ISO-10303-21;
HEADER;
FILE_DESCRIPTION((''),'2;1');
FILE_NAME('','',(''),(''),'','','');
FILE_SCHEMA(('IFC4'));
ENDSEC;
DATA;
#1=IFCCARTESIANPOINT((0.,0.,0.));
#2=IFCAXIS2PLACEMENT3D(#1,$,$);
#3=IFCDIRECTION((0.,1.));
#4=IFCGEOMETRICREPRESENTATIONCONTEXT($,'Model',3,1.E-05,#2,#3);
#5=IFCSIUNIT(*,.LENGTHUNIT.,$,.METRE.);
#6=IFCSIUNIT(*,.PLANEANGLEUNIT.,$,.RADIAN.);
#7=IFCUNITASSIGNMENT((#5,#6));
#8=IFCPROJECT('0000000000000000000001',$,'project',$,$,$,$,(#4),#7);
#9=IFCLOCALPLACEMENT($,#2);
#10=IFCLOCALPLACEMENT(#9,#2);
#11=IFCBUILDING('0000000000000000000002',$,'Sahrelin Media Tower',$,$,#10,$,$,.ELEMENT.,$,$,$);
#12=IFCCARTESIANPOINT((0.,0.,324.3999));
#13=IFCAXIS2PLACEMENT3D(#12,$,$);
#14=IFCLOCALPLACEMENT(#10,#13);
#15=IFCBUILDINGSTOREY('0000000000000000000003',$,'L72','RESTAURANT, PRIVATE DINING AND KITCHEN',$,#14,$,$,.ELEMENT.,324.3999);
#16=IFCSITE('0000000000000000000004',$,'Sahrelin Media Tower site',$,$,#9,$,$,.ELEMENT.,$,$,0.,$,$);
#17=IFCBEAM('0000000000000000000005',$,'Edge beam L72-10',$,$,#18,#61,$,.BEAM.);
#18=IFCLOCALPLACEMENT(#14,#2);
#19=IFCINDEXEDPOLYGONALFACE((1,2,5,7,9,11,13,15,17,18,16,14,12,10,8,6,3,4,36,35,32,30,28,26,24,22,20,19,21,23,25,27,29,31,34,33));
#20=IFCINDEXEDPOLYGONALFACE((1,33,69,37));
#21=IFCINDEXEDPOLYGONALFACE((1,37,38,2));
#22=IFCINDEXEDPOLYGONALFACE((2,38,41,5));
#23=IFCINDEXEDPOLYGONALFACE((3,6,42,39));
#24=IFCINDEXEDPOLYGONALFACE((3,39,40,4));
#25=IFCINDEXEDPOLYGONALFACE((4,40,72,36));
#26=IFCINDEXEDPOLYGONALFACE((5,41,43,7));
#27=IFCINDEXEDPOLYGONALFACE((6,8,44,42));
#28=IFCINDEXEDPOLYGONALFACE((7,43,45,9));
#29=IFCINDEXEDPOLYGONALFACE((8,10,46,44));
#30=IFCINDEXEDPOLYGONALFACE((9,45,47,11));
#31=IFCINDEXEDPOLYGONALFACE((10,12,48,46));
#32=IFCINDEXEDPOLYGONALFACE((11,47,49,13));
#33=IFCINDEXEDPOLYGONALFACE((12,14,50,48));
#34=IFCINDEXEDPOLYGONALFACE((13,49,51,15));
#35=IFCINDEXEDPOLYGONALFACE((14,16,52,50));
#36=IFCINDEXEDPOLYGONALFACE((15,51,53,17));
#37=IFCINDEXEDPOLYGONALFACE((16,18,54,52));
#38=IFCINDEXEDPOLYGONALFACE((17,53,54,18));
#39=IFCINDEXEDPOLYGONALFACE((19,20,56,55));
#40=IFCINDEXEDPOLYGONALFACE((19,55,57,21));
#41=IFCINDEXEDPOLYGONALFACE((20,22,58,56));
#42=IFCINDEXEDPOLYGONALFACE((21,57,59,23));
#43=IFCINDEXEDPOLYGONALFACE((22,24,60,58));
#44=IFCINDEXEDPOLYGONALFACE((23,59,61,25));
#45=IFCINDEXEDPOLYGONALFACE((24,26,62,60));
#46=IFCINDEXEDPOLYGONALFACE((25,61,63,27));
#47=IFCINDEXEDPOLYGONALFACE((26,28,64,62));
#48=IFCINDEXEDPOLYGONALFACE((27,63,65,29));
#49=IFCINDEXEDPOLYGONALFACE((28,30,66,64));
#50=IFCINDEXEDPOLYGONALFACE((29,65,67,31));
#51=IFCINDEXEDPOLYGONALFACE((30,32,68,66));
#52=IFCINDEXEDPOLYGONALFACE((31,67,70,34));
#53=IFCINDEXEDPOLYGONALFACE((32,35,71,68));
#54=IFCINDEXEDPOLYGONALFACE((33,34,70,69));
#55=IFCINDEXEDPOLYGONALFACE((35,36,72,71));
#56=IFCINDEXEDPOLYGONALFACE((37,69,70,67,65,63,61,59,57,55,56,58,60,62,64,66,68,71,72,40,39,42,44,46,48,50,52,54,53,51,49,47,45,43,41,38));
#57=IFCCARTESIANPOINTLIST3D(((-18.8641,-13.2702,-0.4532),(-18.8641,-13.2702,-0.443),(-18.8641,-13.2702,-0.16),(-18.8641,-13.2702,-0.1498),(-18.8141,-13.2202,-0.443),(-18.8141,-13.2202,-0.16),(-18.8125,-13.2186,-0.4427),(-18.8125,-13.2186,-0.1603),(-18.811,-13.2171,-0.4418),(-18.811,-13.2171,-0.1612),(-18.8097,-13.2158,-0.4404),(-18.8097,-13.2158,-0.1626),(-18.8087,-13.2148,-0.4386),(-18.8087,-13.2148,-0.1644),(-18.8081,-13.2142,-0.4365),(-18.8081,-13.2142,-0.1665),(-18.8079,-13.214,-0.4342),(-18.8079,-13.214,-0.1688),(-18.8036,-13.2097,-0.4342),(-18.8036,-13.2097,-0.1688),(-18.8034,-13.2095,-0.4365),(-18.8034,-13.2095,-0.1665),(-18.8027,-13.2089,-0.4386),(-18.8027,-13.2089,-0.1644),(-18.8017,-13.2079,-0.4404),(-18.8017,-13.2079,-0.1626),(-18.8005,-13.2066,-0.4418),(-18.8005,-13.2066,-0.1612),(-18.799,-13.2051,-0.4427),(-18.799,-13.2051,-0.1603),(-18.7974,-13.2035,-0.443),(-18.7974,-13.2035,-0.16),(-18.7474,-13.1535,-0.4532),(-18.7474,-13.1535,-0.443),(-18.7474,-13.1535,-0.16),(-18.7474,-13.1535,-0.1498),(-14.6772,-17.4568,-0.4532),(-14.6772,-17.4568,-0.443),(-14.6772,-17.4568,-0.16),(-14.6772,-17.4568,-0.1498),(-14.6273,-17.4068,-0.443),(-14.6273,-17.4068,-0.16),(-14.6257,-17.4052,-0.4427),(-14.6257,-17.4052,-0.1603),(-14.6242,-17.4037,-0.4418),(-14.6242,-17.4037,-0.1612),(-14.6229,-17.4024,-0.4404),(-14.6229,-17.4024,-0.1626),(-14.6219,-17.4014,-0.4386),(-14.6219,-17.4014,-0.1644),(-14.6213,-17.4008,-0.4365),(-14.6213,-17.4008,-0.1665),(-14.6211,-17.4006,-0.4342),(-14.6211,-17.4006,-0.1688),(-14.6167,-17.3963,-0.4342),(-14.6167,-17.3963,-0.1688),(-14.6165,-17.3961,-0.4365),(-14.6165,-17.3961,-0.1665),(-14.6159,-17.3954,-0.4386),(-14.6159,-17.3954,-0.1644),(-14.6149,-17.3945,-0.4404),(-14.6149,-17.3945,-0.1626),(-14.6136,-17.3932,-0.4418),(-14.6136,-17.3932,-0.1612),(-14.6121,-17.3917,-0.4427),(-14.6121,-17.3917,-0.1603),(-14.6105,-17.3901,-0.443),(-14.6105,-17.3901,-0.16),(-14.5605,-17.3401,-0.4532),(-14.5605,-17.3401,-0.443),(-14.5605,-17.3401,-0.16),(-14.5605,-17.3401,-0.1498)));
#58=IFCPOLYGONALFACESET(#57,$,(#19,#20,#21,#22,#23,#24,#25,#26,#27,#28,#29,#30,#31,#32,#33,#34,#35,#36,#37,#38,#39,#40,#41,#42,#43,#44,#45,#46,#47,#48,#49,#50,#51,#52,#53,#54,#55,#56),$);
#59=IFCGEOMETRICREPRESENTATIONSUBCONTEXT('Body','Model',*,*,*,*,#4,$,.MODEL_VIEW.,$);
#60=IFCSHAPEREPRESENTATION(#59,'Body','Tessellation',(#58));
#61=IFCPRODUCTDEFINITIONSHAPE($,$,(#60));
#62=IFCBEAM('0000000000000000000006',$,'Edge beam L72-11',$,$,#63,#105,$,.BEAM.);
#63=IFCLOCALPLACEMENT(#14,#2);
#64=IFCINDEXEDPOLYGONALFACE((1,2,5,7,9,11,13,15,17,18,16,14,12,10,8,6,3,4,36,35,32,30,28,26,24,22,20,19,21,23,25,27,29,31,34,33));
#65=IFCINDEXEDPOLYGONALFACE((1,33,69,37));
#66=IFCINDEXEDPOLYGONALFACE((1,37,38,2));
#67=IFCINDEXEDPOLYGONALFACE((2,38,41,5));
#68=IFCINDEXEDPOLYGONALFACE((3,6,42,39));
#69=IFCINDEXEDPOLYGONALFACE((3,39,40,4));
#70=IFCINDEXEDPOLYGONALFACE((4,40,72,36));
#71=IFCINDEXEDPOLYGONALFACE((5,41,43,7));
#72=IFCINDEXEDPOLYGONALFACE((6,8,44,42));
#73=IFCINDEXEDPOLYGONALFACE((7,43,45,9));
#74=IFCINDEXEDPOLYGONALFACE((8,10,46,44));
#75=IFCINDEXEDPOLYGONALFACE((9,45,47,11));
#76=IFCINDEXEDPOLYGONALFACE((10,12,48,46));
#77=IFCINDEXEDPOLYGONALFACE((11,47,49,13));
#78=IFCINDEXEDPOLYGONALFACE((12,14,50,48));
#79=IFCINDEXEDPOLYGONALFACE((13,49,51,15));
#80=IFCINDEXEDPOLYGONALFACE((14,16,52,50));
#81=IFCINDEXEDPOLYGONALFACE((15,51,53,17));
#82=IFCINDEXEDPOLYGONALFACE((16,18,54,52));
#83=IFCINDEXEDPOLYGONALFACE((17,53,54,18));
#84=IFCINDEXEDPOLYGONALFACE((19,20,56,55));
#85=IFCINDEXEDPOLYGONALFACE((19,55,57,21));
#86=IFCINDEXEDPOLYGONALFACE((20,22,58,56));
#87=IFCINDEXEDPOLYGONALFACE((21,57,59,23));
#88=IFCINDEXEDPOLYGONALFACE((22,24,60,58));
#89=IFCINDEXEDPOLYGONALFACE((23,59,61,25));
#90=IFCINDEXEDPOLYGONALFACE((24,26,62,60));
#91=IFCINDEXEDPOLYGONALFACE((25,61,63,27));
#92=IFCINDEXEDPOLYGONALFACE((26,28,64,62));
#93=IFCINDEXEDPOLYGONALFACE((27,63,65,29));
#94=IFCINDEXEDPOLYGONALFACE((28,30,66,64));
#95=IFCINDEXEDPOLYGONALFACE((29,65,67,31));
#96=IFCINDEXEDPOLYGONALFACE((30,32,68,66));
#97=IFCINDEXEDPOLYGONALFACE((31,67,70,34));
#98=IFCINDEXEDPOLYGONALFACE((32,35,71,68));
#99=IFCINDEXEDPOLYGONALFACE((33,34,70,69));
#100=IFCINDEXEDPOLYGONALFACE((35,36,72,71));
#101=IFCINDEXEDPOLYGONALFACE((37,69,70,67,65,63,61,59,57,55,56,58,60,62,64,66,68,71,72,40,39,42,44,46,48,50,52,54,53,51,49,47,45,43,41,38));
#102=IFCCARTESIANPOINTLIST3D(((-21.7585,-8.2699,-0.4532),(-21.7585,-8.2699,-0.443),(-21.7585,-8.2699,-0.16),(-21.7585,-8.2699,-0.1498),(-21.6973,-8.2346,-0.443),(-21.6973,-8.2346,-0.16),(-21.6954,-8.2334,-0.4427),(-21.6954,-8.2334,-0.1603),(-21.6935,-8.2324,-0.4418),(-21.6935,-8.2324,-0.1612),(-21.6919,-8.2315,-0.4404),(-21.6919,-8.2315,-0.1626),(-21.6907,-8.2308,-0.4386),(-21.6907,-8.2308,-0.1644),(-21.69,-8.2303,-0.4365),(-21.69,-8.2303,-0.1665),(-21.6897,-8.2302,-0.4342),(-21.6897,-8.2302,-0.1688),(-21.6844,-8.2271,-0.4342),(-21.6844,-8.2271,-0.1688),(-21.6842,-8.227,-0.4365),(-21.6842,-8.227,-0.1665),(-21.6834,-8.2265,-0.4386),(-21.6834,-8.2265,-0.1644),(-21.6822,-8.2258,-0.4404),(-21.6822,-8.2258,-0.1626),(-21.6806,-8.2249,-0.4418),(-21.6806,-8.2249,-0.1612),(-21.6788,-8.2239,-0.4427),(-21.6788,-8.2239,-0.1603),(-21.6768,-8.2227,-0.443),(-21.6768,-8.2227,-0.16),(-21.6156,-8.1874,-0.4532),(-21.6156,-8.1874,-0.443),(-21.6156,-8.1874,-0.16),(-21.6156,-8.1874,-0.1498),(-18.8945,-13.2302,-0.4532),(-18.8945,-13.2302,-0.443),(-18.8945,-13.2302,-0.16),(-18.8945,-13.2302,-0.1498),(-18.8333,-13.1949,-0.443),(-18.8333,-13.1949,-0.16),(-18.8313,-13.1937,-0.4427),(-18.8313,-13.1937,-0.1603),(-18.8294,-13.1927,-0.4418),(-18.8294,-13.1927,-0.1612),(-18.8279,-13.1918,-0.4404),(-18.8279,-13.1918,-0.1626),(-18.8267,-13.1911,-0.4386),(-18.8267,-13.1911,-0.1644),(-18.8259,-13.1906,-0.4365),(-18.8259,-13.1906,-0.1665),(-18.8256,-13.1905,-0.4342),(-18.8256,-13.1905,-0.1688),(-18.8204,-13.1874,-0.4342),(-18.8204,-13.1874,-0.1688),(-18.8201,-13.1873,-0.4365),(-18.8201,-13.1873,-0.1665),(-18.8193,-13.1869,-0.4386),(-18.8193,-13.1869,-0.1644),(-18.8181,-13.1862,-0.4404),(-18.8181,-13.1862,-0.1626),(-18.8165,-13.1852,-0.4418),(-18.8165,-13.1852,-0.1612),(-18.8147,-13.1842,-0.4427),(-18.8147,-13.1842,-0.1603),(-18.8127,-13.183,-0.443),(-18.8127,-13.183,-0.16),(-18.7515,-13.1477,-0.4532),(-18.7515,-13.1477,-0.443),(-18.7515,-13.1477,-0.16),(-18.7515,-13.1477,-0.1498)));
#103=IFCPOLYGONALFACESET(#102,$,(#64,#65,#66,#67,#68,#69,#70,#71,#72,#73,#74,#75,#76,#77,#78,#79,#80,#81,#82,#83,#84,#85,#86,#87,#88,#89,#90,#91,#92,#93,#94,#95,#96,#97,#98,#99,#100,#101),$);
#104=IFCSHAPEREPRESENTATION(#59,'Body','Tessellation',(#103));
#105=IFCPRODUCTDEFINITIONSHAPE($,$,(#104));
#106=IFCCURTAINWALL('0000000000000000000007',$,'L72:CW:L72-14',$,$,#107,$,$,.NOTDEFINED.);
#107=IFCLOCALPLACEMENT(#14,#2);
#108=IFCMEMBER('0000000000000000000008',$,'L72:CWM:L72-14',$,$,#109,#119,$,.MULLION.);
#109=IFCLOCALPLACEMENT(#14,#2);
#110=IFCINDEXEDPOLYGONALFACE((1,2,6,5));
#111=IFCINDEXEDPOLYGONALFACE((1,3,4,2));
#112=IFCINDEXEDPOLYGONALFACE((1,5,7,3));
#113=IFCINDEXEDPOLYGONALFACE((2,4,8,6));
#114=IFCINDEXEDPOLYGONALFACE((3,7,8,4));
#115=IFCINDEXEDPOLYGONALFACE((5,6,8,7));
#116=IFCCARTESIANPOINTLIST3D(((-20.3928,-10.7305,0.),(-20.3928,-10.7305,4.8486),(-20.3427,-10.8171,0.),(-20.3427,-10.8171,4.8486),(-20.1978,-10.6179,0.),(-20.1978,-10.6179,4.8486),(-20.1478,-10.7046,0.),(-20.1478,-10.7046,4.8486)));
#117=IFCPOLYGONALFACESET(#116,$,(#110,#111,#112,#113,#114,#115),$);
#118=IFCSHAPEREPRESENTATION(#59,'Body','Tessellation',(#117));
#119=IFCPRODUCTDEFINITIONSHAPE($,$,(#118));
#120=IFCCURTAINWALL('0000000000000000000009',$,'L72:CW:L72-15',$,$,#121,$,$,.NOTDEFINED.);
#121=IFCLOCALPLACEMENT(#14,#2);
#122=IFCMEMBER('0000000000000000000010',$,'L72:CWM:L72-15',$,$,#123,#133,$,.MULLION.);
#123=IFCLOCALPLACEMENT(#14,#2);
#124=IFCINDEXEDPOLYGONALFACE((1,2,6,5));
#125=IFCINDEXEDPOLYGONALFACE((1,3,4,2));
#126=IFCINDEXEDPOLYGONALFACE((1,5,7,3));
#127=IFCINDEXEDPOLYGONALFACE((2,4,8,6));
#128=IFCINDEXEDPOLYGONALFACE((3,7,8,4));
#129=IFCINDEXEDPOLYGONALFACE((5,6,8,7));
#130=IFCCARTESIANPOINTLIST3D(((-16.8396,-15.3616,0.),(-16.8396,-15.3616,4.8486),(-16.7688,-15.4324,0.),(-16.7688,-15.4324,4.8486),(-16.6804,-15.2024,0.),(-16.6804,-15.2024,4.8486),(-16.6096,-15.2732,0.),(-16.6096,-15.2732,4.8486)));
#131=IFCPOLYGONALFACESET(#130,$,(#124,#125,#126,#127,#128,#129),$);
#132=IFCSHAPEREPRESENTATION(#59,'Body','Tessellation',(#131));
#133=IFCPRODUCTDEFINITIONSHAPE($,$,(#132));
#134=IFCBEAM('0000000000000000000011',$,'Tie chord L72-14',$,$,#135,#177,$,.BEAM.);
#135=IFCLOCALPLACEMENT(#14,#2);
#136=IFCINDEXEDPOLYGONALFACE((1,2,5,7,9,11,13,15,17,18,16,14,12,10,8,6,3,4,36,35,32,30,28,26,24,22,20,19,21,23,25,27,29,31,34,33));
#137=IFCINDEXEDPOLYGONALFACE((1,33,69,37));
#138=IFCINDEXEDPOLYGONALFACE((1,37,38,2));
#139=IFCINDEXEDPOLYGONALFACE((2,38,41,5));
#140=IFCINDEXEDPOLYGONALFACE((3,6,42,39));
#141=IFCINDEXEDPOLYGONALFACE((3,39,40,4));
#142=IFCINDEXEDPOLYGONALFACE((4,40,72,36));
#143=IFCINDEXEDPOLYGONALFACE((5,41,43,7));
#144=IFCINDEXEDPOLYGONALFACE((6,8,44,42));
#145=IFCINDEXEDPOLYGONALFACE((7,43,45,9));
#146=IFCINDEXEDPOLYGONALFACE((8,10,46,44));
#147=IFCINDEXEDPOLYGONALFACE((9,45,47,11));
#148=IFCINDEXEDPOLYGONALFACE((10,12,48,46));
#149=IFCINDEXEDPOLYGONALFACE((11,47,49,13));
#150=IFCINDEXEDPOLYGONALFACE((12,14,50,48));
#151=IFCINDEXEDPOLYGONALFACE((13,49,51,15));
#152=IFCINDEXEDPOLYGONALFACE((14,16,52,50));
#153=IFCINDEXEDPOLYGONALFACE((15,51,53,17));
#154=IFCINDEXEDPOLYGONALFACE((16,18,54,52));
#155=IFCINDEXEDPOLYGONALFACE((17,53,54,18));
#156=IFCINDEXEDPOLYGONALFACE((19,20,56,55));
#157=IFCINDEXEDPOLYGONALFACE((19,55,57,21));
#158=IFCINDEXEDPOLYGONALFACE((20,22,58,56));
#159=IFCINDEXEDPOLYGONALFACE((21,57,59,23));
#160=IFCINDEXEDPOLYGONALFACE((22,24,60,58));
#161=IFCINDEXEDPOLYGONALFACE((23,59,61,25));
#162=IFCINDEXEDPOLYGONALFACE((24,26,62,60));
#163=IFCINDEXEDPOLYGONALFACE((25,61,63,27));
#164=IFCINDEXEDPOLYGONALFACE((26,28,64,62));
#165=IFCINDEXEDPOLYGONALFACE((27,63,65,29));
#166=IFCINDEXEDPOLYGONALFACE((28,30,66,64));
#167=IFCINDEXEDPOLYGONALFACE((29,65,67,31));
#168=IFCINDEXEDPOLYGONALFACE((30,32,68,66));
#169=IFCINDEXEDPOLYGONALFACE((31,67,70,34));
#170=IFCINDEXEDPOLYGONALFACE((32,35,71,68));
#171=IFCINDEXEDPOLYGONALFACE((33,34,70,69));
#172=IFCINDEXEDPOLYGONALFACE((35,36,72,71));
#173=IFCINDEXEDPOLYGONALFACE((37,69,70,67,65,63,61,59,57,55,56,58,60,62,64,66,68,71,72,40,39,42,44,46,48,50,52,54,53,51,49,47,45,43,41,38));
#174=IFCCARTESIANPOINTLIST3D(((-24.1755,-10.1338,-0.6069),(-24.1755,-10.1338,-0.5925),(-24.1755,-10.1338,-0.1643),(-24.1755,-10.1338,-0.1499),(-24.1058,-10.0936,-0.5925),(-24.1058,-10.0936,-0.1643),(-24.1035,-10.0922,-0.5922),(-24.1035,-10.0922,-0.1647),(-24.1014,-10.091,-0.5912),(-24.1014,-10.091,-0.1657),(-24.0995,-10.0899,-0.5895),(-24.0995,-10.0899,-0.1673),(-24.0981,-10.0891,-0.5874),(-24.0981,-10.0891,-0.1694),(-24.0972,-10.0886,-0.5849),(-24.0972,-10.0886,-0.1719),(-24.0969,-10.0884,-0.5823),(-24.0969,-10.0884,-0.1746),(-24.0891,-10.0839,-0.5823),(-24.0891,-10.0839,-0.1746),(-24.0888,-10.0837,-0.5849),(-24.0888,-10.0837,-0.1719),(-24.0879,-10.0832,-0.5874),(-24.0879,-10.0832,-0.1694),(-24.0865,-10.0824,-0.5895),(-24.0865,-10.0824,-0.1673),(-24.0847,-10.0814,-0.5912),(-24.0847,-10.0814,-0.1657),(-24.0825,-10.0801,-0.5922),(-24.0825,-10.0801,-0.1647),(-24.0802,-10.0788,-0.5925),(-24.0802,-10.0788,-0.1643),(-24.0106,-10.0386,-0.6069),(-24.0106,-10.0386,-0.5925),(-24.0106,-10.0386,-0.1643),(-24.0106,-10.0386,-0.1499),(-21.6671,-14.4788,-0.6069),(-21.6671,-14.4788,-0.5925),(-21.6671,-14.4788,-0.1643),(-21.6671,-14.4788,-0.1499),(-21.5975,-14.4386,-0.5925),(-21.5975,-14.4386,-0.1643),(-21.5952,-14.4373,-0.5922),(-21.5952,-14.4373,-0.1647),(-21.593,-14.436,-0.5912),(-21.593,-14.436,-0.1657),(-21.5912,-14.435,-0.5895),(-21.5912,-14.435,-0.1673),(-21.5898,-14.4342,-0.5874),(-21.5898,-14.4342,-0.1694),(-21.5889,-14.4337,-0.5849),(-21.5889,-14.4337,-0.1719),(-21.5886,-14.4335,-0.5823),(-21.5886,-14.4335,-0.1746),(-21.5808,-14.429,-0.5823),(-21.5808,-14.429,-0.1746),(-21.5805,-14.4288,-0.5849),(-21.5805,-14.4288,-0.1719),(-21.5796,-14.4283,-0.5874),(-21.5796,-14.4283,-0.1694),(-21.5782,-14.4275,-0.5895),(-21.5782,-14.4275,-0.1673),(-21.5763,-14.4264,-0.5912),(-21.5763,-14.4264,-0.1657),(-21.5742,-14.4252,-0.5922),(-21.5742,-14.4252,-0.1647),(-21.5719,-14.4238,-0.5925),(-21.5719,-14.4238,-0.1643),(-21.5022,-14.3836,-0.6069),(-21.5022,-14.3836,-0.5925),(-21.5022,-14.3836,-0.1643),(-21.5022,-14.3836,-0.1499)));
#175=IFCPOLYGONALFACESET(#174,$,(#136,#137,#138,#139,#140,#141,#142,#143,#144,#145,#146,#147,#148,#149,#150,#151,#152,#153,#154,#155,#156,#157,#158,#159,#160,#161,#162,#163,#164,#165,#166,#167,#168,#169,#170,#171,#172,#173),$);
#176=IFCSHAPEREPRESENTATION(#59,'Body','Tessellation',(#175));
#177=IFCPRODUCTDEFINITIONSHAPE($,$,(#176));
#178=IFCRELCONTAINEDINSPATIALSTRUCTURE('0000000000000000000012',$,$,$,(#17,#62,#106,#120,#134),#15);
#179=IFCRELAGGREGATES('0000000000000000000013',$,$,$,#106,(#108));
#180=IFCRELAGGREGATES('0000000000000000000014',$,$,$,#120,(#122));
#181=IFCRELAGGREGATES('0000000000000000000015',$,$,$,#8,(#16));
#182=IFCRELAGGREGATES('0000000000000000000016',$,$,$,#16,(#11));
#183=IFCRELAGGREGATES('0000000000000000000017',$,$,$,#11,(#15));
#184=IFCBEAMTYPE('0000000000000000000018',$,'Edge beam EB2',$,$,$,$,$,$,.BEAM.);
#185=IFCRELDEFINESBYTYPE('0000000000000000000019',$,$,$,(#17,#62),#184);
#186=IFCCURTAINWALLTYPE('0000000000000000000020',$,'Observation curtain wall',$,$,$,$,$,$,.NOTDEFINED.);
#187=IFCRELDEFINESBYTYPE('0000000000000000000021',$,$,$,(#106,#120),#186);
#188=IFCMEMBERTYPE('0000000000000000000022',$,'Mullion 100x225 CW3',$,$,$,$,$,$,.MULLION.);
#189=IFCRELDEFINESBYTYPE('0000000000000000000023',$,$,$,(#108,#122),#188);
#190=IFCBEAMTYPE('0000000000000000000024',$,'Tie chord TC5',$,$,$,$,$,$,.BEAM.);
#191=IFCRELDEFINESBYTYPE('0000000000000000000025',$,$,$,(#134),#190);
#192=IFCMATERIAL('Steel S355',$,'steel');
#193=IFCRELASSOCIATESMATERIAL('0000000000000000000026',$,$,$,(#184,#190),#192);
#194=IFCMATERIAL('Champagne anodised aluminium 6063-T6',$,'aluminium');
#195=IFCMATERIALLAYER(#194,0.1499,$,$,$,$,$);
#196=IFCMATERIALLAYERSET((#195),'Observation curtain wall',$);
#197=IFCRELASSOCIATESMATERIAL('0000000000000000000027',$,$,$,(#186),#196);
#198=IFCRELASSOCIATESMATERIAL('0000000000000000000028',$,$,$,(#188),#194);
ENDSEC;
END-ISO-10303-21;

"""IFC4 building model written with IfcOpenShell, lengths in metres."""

from ifc_helpers import new_model, si_unit, direction, frame, origin, origin_2d, place, context, subcontext, project, spatial, rectangle, i_section, extrude, material, layer, layer_set, material_profile, profile_set, type_object, element, aggregate, save


model = new_model("IFC4")

# Units and contexts
model_context = context("Model", 3, precision=1e-05, world=origin(), true_north=direction((0.0, 1.0)))
body_context = subcontext(model_context, "Body", "Model", "MODEL_VIEW")
ifc_project = project(units=[si_unit("LENGTHUNIT", "METRE"), si_unit("PLANEANGLEUNIT", "RADIAN")], contexts=[model_context])

# Site, building, storey
site_placement = place(None, origin())
site = spatial("IfcSite", under=ifc_project, at=site_placement, Name="Sahrelin Media Tower site", CompositionType="ELEMENT", RefElevation=0.0)
building_placement = place(site_placement, origin())
building = spatial("IfcBuilding", under=site, at=building_placement, Name="Sahrelin Media Tower", CompositionType="ELEMENT")
storey_placement = place(building_placement, frame((0.0, 0.0, 324.3999)))
storey = spatial("IfcBuildingStorey", under=building, at=storey_placement, Name="L72", Description="RESTAURANT, PRIVATE DINING AND KITCHEN", CompositionType="ELEMENT", Elevation=324.3999)

# Beams
ifc_material_1 = material(Name="Steel S355", Category="steel")
ifc_material_profile_1 = material_profile(ifc_material_1, i_section(OverallWidth=0.165, OverallDepth=0.3035, WebThickness=0.0061, FlangeThickness=0.0103, FilletRadius=0.0088, at=origin_2d()), Name="UB 305x165x40")
ifc_profile_set_1 = profile_set([ifc_material_profile_1], Name="Steel S355")
beam_type_1 = type_object("IfcBeamType", Name="Edge beam EB2", PredefinedType="BEAM", material=ifc_profile_set_1)
beam_1_placement = place(storey_placement, frame((-14.6189, -17.3984, -0.3015), z_axis=(-0.707127, 0.707086, 0.0), x_axis=(-0.707086, -0.707127, 0.0)))
element("IfcBeam", 1, at=beam_1_placement, inside=storey, type_object=beam_type_1, Name="Edge beam L72-10", PredefinedType="BEAM", context=body_context, shape_type="SweptSolid", body=[
    extrude(i_section(OverallWidth=0.165, OverallDepth=0.3035, WebThickness=0.0061, FlangeThickness=0.0103, FilletRadius=0.0088, at=origin_2d()), origin(), (0.0, 0.0, 1.0), 5.9209),
])
beam_2_placement = place(storey_placement, frame((-18.823, -13.189, -0.3015), z_axis=(-0.500031, 0.866007, 0.0), x_axis=(-0.866007, -0.500031, 0.0)))
element("IfcBeam", 2, at=beam_2_placement, inside=storey, type_object=beam_type_1, Name="Edge beam L72-11", PredefinedType="BEAM", context=body_context, shape_type="SweptSolid", body=[
    extrude(i_section(OverallWidth=0.165, OverallDepth=0.3035, WebThickness=0.0061, FlangeThickness=0.0103, FilletRadius=0.0088, at=origin_2d()), origin(), (0.0, 0.0, 1.0), 5.7278),
])

# Curtain walls, members
ifc_material_2 = material(Name="Champagne anodised aluminium 6063-T6", Category="aluminium")
ifc_layer_1 = layer(ifc_material_2, 0.1499)
ifc_layer_set_1 = layer_set([ifc_layer_1], Name="Observation curtain wall")
curtain_wall_type = type_object("IfcCurtainWallType", Name="Observation curtain wall", PredefinedType="NOTDEFINED", material=ifc_layer_set_1)
curtain_wall_1_placement = place(storey_placement, frame((-20.385, -10.7839, 0.0), z_axis=(0.0, 0.0, 1.0), x_axis=(1.0, 0.0, 0.0)))
curtain_wall_1 = element("IfcCurtainWall", 3, at=curtain_wall_1_placement, inside=storey, type_object=curtain_wall_type, Name="L72:CW:L72-14", PredefinedType="NOTDEFINED")
ifc_material_profile_2 = material_profile(ifc_material_2, rectangle(XDim=0.1001, YDim=0.2251, at=origin_2d()), Name="Mullion 100x225")
ifc_profile_set_2 = profile_set([ifc_material_profile_2], Name="Champagne anodised aluminium 6063-T6")
member_type_1 = type_object("IfcMemberType", Name="Mullion 100x225 CW3", PredefinedType="MULLION", material=ifc_profile_set_2)
member_1_placement = place(storey_placement, frame((-20.2703, -10.7175, 0.0), z_axis=(0.0, 0.0, 1.0), x_axis=(0.500012, -0.866018, 0.0)))
member_1 = element("IfcMember", 4, at=member_1_placement, type_object=member_type_1, Name="L72:CWM:L72-14", PredefinedType="MULLION", context=body_context, shape_type="SweptSolid", body=[
    extrude(rectangle(XDim=0.1001, YDim=0.2251, at=origin_2d()), origin(), (0.0, 0.0, 1.0), 4.8486),
])
aggregate(curtain_wall_1, [member_1])
curtain_wall_2_placement = place(storey_placement, frame((-16.8184, -15.4111, 0.0), z_axis=(0.0, 0.0, 1.0), x_axis=(1.0, 0.0, 0.0)))
curtain_wall_2 = element("IfcCurtainWall", 5, at=curtain_wall_2_placement, inside=storey, type_object=curtain_wall_type, Name="L72:CW:L72-15", PredefinedType="NOTDEFINED")
member_2_placement = place(storey_placement, frame((-16.7246, -15.3174, 0.0), z_axis=(0.0, 0.0, 1.0), x_axis=(0.707098, -0.707115, 0.0)))
member_2 = element("IfcMember", 6, at=member_2_placement, type_object=member_type_1, Name="L72:CWM:L72-15", PredefinedType="MULLION", context=body_context, shape_type="SweptSolid", body=[
    extrude(rectangle(XDim=0.1001, YDim=0.2251, at=origin_2d()), origin(), (0.0, 0.0, 1.0), 4.8486),
])

# Beam
ifc_material_profile_3 = material_profile(ifc_material_1, i_section(OverallWidth=0.1904, OverallDepth=0.457, WebThickness=0.009, FlangeThickness=0.0144, FilletRadius=0.0103, at=origin_2d()), Name="UB 457x191x74")
ifc_profile_set_3 = profile_set([ifc_material_profile_3], Name="Steel S355")
beam_type_2 = type_object("IfcBeamType", Name="Tie chord TC5", PredefinedType="BEAM", material=ifc_profile_set_3)
beam_3_placement = place(storey_placement, frame((-24.093, -10.0862, -0.3784), z_axis=(0.49996, -0.866049, 0.0), x_axis=(0.866049, 0.49996, 0.0)))
element("IfcBeam", 7, at=beam_3_placement, inside=storey, type_object=beam_type_2, Name="Tie chord L72-14", PredefinedType="BEAM", context=body_context, shape_type="SweptSolid", body=[
    extrude(i_section(OverallWidth=0.1904, OverallDepth=0.457, WebThickness=0.009, FlangeThickness=0.0144, FilletRadius=0.0103, at=origin_2d()), origin(), (0.0, 0.0, 1.0), 5.0171),
])

aggregate(curtain_wall_2, [member_2])

save(model, "model.ifc")
